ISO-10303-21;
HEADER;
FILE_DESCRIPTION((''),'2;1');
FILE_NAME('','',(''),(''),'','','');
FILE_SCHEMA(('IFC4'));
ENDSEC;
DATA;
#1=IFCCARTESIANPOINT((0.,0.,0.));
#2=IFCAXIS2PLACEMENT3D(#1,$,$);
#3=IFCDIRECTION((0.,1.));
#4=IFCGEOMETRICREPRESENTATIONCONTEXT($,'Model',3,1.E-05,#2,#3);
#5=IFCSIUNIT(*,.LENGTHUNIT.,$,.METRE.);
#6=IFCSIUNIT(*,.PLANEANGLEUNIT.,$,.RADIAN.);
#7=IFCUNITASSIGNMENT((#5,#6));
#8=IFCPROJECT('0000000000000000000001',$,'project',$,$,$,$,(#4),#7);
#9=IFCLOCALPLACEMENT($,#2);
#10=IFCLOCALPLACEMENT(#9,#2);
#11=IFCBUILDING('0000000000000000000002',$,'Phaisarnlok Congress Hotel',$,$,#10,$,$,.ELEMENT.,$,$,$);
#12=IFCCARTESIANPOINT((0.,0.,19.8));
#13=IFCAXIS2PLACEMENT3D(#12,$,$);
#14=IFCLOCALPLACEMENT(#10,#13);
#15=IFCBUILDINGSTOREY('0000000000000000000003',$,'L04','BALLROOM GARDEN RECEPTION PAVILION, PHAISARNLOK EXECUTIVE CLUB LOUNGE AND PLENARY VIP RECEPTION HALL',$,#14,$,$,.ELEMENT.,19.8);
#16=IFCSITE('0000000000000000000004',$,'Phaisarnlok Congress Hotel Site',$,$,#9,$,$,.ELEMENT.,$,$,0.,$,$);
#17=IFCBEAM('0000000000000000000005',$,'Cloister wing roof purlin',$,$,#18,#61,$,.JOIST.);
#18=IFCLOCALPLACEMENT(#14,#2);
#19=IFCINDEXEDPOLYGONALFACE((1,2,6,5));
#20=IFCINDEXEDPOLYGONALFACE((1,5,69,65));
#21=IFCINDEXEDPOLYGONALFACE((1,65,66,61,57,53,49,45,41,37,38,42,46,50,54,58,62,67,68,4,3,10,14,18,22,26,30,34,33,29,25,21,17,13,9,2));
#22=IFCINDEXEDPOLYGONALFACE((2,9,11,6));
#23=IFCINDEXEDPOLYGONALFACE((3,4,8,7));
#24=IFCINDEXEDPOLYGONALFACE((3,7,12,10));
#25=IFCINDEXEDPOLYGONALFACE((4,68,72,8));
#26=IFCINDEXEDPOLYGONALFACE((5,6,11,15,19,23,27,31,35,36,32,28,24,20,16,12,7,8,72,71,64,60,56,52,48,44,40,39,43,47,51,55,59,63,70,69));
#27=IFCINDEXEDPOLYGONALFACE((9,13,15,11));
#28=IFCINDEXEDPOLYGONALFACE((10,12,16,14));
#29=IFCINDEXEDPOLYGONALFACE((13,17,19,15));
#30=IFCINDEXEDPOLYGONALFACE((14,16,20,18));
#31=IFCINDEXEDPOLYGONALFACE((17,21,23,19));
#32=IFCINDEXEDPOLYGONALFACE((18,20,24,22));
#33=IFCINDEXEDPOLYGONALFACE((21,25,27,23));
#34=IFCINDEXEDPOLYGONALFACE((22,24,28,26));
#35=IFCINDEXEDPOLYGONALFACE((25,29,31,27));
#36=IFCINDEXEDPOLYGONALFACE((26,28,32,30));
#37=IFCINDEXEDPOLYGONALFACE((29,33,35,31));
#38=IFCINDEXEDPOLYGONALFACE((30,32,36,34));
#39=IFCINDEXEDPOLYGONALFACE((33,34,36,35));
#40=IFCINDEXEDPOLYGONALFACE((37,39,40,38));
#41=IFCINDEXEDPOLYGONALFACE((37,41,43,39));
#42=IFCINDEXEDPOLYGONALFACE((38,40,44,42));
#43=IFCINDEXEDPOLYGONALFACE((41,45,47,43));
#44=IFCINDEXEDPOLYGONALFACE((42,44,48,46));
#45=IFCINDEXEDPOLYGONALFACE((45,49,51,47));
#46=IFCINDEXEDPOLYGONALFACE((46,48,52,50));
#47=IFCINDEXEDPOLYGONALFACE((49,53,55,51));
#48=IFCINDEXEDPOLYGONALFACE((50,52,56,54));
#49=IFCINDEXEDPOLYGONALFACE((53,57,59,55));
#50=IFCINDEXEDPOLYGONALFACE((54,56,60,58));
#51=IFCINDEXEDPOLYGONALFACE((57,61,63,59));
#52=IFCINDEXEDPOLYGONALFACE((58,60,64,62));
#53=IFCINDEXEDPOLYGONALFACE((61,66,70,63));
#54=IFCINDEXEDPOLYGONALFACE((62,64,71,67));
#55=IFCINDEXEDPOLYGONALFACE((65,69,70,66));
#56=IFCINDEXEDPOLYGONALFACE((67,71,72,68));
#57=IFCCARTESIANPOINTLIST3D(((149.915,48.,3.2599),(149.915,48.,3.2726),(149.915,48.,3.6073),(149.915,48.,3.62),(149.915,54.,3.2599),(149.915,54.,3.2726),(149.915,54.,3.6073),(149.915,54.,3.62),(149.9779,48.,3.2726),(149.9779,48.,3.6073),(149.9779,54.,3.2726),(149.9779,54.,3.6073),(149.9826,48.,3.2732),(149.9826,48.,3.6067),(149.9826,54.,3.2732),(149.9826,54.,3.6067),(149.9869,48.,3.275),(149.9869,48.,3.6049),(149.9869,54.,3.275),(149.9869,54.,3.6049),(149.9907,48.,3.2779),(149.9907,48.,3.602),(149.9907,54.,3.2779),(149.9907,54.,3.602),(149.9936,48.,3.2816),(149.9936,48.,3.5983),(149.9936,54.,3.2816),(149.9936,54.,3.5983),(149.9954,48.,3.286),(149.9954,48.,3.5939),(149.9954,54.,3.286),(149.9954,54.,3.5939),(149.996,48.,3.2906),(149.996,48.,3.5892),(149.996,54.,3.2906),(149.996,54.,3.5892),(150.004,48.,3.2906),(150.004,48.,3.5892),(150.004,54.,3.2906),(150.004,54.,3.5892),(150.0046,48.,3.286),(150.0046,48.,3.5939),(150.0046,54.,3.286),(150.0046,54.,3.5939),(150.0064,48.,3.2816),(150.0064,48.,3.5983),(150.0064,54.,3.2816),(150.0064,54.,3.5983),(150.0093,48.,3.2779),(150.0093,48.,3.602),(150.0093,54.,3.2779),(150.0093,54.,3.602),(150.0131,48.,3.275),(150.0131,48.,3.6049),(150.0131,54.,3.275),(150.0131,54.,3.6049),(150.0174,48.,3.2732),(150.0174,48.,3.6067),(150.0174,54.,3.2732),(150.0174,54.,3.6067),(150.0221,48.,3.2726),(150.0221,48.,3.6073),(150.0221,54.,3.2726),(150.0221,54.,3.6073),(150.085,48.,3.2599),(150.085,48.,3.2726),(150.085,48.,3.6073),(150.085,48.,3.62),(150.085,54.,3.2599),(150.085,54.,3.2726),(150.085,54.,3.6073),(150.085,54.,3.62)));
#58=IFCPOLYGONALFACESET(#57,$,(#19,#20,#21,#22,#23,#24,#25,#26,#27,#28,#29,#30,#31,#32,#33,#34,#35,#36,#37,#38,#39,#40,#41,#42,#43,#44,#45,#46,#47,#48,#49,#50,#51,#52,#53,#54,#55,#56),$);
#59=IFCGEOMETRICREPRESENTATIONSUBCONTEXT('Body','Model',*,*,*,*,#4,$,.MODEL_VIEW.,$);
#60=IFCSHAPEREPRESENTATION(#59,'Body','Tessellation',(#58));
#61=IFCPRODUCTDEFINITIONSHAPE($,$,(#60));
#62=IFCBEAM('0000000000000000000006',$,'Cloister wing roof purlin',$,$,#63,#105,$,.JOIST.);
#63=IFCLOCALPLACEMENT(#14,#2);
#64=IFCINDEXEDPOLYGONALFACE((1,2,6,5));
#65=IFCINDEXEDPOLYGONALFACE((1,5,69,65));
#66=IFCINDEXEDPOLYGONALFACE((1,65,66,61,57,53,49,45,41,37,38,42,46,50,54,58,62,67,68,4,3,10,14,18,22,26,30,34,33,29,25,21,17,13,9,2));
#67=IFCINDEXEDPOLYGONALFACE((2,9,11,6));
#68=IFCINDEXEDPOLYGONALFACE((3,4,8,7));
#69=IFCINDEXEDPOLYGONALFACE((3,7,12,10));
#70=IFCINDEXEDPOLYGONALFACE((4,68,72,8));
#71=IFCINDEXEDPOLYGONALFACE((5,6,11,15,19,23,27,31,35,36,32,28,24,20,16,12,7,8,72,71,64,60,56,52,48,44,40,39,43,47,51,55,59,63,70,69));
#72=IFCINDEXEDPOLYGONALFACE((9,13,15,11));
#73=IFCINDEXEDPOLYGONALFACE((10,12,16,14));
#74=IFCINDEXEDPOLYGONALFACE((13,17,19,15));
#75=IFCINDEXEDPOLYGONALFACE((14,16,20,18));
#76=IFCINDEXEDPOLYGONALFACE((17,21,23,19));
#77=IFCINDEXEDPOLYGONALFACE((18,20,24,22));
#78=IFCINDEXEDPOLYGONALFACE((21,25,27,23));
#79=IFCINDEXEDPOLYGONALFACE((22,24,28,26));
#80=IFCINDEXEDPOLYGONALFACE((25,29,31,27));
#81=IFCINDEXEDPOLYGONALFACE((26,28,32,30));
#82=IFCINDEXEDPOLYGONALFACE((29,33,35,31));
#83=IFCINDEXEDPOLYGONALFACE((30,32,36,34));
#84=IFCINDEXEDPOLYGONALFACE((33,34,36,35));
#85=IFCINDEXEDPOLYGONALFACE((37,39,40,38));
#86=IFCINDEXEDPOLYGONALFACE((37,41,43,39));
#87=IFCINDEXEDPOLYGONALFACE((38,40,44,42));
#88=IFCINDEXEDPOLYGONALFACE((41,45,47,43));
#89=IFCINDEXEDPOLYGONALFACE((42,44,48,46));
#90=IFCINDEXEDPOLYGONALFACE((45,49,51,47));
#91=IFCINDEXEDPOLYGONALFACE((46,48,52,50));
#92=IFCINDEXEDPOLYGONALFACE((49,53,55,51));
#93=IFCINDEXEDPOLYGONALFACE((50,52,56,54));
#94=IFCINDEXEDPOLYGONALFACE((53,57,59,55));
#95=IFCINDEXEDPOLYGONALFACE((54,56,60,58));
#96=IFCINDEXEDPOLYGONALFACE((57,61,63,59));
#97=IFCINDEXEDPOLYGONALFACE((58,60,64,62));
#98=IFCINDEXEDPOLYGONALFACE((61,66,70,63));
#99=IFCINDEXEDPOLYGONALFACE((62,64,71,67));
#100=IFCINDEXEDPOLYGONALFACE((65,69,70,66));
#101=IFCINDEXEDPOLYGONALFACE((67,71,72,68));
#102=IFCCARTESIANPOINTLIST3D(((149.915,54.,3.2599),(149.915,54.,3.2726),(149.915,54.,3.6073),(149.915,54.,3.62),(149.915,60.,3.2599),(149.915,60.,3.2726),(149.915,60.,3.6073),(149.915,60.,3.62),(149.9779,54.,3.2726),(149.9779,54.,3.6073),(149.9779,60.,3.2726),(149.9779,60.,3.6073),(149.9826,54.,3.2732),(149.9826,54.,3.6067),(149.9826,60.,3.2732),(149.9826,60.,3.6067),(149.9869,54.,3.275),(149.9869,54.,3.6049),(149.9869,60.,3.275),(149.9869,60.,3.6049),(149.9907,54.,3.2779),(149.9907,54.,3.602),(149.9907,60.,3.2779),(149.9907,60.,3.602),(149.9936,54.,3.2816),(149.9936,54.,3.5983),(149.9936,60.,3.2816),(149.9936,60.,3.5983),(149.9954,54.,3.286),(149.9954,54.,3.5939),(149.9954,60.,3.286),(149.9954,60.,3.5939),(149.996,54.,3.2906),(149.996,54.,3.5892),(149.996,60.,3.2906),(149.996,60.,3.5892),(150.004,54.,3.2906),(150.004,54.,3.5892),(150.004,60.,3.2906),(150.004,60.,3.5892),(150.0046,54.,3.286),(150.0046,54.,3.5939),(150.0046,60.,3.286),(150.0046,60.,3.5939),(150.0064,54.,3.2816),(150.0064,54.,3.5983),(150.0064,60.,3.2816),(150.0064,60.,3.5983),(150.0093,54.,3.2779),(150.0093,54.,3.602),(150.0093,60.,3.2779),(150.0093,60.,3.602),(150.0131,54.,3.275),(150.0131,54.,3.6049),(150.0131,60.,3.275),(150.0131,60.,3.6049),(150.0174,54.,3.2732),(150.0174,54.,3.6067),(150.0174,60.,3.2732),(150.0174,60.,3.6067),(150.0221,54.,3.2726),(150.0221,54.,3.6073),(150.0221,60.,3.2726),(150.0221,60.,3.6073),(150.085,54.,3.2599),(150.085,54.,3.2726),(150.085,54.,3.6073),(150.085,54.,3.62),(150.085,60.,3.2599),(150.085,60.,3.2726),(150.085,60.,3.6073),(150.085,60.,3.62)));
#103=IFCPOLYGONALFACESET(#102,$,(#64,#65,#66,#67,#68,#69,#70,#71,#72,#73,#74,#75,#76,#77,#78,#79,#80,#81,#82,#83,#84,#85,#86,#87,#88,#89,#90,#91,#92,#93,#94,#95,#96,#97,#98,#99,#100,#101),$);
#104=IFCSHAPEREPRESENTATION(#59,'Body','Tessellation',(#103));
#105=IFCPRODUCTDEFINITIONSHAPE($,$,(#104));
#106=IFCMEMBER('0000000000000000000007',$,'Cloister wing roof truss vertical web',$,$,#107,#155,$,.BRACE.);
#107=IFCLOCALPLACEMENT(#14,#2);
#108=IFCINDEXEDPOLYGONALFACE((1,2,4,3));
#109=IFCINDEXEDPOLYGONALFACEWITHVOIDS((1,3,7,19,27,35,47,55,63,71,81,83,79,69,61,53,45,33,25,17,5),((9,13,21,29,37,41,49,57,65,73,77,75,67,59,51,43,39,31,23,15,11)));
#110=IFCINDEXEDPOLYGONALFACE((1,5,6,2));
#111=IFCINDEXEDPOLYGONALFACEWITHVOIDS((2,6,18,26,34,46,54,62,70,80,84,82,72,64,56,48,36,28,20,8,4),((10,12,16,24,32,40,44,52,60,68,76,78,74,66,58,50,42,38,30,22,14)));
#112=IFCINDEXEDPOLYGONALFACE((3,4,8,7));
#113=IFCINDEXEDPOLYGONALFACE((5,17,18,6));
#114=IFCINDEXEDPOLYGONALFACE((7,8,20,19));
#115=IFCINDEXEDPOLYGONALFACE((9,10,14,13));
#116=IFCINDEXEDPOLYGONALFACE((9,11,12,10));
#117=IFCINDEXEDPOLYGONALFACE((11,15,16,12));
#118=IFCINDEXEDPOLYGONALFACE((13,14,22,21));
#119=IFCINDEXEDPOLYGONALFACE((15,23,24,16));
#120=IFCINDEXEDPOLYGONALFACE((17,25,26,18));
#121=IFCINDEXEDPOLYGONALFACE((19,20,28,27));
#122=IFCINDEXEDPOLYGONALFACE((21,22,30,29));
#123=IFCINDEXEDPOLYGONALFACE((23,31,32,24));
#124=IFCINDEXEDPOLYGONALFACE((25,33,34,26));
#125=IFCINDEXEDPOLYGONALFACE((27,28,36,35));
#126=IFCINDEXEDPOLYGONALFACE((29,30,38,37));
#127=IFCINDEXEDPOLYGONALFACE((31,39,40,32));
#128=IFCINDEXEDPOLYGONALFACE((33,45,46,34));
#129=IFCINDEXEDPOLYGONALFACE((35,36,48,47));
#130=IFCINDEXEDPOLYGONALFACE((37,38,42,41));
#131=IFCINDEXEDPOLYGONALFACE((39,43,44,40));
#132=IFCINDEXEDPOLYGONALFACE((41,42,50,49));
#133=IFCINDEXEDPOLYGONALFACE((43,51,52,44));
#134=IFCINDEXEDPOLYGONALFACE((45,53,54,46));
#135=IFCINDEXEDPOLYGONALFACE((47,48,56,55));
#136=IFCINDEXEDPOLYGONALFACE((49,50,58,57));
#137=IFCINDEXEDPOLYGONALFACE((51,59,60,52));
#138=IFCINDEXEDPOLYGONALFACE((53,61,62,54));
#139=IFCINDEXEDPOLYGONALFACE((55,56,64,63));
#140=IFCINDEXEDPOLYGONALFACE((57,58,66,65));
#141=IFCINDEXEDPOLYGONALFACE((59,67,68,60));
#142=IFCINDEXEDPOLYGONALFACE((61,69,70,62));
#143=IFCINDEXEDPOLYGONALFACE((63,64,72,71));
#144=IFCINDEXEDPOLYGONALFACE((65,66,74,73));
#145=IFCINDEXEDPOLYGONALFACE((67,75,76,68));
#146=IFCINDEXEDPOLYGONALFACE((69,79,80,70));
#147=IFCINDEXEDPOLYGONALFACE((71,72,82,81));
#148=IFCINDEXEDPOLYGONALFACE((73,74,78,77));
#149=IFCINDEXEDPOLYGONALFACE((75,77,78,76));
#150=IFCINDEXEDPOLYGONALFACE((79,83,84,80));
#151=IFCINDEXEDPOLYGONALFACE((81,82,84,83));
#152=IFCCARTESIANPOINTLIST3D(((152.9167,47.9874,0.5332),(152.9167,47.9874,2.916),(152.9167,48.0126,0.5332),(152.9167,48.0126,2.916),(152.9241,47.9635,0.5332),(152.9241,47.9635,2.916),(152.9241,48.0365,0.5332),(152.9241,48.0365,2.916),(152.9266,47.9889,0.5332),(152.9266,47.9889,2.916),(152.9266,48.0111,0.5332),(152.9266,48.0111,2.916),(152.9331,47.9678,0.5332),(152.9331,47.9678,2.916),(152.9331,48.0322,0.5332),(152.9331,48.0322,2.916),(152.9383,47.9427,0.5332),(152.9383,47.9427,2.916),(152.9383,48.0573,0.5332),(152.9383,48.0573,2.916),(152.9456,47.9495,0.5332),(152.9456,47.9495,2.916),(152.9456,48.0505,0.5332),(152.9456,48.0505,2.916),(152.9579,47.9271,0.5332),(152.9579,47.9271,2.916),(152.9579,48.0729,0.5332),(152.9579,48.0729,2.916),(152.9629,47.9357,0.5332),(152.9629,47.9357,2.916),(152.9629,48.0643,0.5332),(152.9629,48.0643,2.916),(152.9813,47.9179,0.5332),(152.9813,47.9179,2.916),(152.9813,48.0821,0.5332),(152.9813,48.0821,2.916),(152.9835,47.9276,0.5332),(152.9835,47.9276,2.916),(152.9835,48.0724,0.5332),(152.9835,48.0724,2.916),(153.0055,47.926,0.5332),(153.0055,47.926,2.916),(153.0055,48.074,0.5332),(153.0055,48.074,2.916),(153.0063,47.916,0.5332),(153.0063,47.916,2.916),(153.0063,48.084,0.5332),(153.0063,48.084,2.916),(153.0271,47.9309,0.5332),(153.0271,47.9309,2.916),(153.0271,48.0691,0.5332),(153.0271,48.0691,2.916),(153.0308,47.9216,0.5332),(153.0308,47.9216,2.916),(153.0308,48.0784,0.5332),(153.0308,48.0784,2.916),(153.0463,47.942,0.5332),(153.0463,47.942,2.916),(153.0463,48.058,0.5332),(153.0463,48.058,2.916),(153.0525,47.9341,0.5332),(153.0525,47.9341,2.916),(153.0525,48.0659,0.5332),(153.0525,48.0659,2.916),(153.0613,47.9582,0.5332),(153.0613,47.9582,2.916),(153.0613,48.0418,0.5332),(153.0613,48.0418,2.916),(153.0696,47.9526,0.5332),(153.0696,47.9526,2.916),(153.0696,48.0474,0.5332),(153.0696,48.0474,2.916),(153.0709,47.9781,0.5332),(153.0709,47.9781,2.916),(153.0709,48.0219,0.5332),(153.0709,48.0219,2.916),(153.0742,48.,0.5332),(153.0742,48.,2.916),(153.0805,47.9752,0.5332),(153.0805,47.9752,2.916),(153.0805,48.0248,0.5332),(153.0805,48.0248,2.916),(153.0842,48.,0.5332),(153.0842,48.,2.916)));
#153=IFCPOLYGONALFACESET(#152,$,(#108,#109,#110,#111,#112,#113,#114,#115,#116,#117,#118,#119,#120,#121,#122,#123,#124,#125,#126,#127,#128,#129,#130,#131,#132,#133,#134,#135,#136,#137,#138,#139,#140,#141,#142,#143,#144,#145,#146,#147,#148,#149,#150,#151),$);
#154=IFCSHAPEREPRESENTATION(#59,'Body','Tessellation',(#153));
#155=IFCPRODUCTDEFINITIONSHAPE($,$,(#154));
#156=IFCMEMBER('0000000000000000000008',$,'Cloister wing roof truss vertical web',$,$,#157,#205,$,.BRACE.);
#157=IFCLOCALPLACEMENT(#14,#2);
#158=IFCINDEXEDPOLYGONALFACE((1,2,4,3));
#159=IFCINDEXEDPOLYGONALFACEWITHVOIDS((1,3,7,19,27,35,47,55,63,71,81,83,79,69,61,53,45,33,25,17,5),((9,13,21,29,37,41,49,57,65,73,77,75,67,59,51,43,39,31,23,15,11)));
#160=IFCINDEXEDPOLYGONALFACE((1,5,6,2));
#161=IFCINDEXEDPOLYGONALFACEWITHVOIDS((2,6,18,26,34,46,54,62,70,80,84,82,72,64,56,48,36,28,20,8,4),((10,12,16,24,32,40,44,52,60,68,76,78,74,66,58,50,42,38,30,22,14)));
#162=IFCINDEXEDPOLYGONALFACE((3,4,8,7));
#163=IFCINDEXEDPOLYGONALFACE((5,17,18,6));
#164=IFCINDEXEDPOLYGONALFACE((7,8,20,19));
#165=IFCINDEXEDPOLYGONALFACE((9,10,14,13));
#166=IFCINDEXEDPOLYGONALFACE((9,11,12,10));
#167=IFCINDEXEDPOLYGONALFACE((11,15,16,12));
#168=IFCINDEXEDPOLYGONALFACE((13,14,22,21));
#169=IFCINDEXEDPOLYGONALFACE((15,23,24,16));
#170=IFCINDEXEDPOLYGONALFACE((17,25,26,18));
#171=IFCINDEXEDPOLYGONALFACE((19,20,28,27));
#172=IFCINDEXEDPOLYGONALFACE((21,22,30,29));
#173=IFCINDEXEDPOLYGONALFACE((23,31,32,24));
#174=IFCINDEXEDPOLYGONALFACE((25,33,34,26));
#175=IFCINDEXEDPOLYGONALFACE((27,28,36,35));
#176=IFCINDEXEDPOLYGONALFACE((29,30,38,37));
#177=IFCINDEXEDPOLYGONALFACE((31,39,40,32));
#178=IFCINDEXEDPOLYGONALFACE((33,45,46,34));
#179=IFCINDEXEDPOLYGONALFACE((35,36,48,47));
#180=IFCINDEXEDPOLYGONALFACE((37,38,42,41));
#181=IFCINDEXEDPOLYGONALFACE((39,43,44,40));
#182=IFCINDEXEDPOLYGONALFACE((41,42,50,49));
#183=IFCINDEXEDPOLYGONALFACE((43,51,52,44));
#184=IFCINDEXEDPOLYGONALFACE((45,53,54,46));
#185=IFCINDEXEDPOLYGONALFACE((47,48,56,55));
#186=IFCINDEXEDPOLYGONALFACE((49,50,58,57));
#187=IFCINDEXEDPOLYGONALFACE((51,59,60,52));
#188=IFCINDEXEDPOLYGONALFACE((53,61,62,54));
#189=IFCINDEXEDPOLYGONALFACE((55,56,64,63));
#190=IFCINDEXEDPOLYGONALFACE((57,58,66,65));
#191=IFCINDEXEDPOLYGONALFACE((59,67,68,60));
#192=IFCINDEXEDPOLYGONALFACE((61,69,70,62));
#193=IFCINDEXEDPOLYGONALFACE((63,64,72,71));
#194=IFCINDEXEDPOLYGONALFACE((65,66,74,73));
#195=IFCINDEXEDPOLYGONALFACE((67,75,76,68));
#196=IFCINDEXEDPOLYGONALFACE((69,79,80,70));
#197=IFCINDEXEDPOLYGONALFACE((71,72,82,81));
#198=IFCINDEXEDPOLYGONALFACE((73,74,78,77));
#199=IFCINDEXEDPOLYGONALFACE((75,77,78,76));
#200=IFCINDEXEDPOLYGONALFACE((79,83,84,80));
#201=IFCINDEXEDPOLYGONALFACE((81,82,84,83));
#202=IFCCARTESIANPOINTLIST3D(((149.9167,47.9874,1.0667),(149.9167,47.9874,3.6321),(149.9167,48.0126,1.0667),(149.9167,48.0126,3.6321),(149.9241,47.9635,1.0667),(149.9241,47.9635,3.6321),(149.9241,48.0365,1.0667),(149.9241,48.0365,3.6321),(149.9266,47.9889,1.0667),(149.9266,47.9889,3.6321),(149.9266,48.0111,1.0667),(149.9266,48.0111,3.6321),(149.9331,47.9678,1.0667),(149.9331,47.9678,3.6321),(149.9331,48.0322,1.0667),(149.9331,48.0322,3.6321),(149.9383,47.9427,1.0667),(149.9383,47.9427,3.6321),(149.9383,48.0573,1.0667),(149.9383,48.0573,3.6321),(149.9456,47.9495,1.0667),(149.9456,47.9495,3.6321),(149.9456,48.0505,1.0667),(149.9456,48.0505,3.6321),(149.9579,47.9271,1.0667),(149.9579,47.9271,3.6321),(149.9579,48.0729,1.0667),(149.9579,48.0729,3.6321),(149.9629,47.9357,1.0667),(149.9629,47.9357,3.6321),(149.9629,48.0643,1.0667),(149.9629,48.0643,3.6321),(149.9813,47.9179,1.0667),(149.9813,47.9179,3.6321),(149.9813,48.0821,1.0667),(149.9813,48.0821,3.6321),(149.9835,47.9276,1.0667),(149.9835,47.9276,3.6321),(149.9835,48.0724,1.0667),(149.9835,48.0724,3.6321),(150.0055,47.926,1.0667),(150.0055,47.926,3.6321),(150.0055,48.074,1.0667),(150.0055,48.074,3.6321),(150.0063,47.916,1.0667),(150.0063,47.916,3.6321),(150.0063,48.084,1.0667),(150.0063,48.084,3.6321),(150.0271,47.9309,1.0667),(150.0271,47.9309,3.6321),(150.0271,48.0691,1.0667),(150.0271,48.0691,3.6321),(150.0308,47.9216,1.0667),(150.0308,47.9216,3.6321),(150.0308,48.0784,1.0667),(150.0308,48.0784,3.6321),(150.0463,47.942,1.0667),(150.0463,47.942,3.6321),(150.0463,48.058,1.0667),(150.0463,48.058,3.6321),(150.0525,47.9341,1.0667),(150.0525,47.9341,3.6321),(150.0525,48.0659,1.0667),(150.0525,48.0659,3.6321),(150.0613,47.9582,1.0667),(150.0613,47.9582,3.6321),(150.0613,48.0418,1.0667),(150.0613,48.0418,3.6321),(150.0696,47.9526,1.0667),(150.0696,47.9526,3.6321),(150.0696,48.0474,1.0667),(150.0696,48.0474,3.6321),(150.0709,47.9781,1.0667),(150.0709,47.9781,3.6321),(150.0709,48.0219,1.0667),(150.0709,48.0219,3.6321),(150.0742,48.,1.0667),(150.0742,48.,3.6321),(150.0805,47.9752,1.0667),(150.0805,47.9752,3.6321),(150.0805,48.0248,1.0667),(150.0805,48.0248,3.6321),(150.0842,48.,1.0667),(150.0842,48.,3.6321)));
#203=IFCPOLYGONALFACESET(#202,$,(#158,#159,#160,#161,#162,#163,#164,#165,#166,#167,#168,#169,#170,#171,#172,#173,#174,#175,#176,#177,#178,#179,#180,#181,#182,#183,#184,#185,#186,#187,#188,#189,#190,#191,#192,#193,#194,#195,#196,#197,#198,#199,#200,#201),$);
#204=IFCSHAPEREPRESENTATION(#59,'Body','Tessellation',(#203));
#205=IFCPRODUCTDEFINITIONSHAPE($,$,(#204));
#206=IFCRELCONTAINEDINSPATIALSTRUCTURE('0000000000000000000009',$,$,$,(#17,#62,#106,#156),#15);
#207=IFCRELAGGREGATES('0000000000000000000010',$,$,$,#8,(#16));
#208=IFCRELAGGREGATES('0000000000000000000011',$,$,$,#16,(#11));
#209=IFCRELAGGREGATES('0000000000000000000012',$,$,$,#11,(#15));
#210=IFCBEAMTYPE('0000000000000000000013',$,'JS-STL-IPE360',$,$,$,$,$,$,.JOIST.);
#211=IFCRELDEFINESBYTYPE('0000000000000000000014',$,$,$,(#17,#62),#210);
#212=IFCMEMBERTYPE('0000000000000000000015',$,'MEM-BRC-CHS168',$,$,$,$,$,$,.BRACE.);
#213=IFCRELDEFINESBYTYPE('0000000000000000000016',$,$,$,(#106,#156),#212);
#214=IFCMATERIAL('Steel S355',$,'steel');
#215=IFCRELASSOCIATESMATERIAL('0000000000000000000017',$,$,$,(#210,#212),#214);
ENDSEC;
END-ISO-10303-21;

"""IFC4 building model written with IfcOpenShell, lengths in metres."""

from ifc_helpers import new_model, si_unit, direction, frame, origin, origin_2d, place, context, subcontext, project, spatial, hollow_circle, i_section, extrude, material, material_profile, profile_set, type_object, element, save


model = new_model("IFC4")

# Units and contexts
model_context = context("Model", 3, precision=1e-05, world=origin(), true_north=direction((0.0, 1.0)))
body_context = subcontext(model_context, "Body", "Model", "MODEL_VIEW")
ifc_project = project(units=[si_unit("LENGTHUNIT", "METRE"), si_unit("PLANEANGLEUNIT", "RADIAN")], contexts=[model_context])

# Site, building, storey
site_placement = place(None, origin())
site = spatial("IfcSite", under=ifc_project, at=site_placement, Name="Phaisarnlok Congress Hotel Site", CompositionType="ELEMENT", RefElevation=0.0)
building_placement = place(site_placement, origin())
building = spatial("IfcBuilding", under=site, at=building_placement, Name="Phaisarnlok Congress Hotel", CompositionType="ELEMENT")
storey_placement = place(building_placement, frame((0.0, 0.0, 19.8)))
storey = spatial("IfcBuildingStorey", under=building, at=storey_placement, Name="L04", Description="BALLROOM GARDEN RECEPTION PAVILION, PHAISARNLOK EXECUTIVE CLUB LOUNGE AND PLENARY VIP RECEPTION HALL", CompositionType="ELEMENT", Elevation=19.8)

# Beams
ifc_material = material(Name="Steel S355", Category="steel")
ifc_material_profile_1 = material_profile(ifc_material, i_section(OverallWidth=0.1699, OverallDepth=0.3601, WebThickness=0.0081, FlangeThickness=0.0127, FilletRadius=0.0181, at=origin_2d()), Name="IPE 360")
ifc_profile_set_1 = profile_set([ifc_material_profile_1], Name="Steel S355")
beam_type = type_object("IfcBeamType", Name="JS-STL-IPE360", PredefinedType="JOIST", material=ifc_profile_set_1)
for number, where, z_axis, x_axis, name in (
    (1, (150.0, 48.0, 3.4399), (0.0, 1.0, 0.0), (-1.0, 0.0, 0.0), "Cloister wing roof purlin"),
    (2, (150.0, 54.0, 3.4399), (0.0, 1.0, 0.0), (-1.0, 0.0, 0.0), "Cloister wing roof purlin"),
):
    element("IfcBeam", number, at=place(storey_placement, frame(where, z_axis=z_axis, x_axis=x_axis)), inside=storey, type_object=beam_type, Name=name, PredefinedType="JOIST", context=body_context, shape_type="SweptSolid", body=[
        extrude(i_section(OverallWidth=0.1699, OverallDepth=0.3601, WebThickness=0.0081, FlangeThickness=0.0127, FilletRadius=0.0181, at=origin_2d()), origin(), (0.0, 0.0, 1.0), 6.0),
    ])

# Members
ifc_material_profile_2 = material_profile(ifc_material, hollow_circle(Radius=0.0842, WallThickness=0.01, at=origin_2d()), Name="CHS 168.3x10")
ifc_profile_set_2 = profile_set([ifc_material_profile_2], Name="Steel S355")
member_type_1 = type_object("IfcMemberType", Name="MEM-BRC-CHS168", PredefinedType="BRACE", material=ifc_profile_set_2)
member_1_placement = place(storey_placement, frame((153.0, 48.0, 0.5332), z_axis=(0.0, 0.0, 1.0), x_axis=(1.0, 0.0, 0.0)))
element("IfcMember", 3, at=member_1_placement, inside=storey, type_object=member_type_1, Name="Cloister wing roof truss vertical web", PredefinedType="BRACE", context=body_context, shape_type="SweptSolid", body=[
    extrude(hollow_circle(Radius=0.0842, WallThickness=0.01, at=origin_2d()), origin(), (0.0, 0.0, 1.0), 2.3828),
])
member_2_placement = place(storey_placement, frame((150.0, 48.0, 1.0667), z_axis=(0.0, 0.0, 1.0), x_axis=(1.0, 0.0, 0.0)))
element("IfcMember", 4, at=member_2_placement, inside=storey, type_object=member_type_1, Name="Cloister wing roof truss vertical web", PredefinedType="BRACE", context=body_context, shape_type="SweptSolid", body=[
    extrude(hollow_circle(Radius=0.0842, WallThickness=0.01, at=origin_2d()), origin(), (0.0, 0.0, 1.0), 2.5654),
])

save(model, "model.ifc")
